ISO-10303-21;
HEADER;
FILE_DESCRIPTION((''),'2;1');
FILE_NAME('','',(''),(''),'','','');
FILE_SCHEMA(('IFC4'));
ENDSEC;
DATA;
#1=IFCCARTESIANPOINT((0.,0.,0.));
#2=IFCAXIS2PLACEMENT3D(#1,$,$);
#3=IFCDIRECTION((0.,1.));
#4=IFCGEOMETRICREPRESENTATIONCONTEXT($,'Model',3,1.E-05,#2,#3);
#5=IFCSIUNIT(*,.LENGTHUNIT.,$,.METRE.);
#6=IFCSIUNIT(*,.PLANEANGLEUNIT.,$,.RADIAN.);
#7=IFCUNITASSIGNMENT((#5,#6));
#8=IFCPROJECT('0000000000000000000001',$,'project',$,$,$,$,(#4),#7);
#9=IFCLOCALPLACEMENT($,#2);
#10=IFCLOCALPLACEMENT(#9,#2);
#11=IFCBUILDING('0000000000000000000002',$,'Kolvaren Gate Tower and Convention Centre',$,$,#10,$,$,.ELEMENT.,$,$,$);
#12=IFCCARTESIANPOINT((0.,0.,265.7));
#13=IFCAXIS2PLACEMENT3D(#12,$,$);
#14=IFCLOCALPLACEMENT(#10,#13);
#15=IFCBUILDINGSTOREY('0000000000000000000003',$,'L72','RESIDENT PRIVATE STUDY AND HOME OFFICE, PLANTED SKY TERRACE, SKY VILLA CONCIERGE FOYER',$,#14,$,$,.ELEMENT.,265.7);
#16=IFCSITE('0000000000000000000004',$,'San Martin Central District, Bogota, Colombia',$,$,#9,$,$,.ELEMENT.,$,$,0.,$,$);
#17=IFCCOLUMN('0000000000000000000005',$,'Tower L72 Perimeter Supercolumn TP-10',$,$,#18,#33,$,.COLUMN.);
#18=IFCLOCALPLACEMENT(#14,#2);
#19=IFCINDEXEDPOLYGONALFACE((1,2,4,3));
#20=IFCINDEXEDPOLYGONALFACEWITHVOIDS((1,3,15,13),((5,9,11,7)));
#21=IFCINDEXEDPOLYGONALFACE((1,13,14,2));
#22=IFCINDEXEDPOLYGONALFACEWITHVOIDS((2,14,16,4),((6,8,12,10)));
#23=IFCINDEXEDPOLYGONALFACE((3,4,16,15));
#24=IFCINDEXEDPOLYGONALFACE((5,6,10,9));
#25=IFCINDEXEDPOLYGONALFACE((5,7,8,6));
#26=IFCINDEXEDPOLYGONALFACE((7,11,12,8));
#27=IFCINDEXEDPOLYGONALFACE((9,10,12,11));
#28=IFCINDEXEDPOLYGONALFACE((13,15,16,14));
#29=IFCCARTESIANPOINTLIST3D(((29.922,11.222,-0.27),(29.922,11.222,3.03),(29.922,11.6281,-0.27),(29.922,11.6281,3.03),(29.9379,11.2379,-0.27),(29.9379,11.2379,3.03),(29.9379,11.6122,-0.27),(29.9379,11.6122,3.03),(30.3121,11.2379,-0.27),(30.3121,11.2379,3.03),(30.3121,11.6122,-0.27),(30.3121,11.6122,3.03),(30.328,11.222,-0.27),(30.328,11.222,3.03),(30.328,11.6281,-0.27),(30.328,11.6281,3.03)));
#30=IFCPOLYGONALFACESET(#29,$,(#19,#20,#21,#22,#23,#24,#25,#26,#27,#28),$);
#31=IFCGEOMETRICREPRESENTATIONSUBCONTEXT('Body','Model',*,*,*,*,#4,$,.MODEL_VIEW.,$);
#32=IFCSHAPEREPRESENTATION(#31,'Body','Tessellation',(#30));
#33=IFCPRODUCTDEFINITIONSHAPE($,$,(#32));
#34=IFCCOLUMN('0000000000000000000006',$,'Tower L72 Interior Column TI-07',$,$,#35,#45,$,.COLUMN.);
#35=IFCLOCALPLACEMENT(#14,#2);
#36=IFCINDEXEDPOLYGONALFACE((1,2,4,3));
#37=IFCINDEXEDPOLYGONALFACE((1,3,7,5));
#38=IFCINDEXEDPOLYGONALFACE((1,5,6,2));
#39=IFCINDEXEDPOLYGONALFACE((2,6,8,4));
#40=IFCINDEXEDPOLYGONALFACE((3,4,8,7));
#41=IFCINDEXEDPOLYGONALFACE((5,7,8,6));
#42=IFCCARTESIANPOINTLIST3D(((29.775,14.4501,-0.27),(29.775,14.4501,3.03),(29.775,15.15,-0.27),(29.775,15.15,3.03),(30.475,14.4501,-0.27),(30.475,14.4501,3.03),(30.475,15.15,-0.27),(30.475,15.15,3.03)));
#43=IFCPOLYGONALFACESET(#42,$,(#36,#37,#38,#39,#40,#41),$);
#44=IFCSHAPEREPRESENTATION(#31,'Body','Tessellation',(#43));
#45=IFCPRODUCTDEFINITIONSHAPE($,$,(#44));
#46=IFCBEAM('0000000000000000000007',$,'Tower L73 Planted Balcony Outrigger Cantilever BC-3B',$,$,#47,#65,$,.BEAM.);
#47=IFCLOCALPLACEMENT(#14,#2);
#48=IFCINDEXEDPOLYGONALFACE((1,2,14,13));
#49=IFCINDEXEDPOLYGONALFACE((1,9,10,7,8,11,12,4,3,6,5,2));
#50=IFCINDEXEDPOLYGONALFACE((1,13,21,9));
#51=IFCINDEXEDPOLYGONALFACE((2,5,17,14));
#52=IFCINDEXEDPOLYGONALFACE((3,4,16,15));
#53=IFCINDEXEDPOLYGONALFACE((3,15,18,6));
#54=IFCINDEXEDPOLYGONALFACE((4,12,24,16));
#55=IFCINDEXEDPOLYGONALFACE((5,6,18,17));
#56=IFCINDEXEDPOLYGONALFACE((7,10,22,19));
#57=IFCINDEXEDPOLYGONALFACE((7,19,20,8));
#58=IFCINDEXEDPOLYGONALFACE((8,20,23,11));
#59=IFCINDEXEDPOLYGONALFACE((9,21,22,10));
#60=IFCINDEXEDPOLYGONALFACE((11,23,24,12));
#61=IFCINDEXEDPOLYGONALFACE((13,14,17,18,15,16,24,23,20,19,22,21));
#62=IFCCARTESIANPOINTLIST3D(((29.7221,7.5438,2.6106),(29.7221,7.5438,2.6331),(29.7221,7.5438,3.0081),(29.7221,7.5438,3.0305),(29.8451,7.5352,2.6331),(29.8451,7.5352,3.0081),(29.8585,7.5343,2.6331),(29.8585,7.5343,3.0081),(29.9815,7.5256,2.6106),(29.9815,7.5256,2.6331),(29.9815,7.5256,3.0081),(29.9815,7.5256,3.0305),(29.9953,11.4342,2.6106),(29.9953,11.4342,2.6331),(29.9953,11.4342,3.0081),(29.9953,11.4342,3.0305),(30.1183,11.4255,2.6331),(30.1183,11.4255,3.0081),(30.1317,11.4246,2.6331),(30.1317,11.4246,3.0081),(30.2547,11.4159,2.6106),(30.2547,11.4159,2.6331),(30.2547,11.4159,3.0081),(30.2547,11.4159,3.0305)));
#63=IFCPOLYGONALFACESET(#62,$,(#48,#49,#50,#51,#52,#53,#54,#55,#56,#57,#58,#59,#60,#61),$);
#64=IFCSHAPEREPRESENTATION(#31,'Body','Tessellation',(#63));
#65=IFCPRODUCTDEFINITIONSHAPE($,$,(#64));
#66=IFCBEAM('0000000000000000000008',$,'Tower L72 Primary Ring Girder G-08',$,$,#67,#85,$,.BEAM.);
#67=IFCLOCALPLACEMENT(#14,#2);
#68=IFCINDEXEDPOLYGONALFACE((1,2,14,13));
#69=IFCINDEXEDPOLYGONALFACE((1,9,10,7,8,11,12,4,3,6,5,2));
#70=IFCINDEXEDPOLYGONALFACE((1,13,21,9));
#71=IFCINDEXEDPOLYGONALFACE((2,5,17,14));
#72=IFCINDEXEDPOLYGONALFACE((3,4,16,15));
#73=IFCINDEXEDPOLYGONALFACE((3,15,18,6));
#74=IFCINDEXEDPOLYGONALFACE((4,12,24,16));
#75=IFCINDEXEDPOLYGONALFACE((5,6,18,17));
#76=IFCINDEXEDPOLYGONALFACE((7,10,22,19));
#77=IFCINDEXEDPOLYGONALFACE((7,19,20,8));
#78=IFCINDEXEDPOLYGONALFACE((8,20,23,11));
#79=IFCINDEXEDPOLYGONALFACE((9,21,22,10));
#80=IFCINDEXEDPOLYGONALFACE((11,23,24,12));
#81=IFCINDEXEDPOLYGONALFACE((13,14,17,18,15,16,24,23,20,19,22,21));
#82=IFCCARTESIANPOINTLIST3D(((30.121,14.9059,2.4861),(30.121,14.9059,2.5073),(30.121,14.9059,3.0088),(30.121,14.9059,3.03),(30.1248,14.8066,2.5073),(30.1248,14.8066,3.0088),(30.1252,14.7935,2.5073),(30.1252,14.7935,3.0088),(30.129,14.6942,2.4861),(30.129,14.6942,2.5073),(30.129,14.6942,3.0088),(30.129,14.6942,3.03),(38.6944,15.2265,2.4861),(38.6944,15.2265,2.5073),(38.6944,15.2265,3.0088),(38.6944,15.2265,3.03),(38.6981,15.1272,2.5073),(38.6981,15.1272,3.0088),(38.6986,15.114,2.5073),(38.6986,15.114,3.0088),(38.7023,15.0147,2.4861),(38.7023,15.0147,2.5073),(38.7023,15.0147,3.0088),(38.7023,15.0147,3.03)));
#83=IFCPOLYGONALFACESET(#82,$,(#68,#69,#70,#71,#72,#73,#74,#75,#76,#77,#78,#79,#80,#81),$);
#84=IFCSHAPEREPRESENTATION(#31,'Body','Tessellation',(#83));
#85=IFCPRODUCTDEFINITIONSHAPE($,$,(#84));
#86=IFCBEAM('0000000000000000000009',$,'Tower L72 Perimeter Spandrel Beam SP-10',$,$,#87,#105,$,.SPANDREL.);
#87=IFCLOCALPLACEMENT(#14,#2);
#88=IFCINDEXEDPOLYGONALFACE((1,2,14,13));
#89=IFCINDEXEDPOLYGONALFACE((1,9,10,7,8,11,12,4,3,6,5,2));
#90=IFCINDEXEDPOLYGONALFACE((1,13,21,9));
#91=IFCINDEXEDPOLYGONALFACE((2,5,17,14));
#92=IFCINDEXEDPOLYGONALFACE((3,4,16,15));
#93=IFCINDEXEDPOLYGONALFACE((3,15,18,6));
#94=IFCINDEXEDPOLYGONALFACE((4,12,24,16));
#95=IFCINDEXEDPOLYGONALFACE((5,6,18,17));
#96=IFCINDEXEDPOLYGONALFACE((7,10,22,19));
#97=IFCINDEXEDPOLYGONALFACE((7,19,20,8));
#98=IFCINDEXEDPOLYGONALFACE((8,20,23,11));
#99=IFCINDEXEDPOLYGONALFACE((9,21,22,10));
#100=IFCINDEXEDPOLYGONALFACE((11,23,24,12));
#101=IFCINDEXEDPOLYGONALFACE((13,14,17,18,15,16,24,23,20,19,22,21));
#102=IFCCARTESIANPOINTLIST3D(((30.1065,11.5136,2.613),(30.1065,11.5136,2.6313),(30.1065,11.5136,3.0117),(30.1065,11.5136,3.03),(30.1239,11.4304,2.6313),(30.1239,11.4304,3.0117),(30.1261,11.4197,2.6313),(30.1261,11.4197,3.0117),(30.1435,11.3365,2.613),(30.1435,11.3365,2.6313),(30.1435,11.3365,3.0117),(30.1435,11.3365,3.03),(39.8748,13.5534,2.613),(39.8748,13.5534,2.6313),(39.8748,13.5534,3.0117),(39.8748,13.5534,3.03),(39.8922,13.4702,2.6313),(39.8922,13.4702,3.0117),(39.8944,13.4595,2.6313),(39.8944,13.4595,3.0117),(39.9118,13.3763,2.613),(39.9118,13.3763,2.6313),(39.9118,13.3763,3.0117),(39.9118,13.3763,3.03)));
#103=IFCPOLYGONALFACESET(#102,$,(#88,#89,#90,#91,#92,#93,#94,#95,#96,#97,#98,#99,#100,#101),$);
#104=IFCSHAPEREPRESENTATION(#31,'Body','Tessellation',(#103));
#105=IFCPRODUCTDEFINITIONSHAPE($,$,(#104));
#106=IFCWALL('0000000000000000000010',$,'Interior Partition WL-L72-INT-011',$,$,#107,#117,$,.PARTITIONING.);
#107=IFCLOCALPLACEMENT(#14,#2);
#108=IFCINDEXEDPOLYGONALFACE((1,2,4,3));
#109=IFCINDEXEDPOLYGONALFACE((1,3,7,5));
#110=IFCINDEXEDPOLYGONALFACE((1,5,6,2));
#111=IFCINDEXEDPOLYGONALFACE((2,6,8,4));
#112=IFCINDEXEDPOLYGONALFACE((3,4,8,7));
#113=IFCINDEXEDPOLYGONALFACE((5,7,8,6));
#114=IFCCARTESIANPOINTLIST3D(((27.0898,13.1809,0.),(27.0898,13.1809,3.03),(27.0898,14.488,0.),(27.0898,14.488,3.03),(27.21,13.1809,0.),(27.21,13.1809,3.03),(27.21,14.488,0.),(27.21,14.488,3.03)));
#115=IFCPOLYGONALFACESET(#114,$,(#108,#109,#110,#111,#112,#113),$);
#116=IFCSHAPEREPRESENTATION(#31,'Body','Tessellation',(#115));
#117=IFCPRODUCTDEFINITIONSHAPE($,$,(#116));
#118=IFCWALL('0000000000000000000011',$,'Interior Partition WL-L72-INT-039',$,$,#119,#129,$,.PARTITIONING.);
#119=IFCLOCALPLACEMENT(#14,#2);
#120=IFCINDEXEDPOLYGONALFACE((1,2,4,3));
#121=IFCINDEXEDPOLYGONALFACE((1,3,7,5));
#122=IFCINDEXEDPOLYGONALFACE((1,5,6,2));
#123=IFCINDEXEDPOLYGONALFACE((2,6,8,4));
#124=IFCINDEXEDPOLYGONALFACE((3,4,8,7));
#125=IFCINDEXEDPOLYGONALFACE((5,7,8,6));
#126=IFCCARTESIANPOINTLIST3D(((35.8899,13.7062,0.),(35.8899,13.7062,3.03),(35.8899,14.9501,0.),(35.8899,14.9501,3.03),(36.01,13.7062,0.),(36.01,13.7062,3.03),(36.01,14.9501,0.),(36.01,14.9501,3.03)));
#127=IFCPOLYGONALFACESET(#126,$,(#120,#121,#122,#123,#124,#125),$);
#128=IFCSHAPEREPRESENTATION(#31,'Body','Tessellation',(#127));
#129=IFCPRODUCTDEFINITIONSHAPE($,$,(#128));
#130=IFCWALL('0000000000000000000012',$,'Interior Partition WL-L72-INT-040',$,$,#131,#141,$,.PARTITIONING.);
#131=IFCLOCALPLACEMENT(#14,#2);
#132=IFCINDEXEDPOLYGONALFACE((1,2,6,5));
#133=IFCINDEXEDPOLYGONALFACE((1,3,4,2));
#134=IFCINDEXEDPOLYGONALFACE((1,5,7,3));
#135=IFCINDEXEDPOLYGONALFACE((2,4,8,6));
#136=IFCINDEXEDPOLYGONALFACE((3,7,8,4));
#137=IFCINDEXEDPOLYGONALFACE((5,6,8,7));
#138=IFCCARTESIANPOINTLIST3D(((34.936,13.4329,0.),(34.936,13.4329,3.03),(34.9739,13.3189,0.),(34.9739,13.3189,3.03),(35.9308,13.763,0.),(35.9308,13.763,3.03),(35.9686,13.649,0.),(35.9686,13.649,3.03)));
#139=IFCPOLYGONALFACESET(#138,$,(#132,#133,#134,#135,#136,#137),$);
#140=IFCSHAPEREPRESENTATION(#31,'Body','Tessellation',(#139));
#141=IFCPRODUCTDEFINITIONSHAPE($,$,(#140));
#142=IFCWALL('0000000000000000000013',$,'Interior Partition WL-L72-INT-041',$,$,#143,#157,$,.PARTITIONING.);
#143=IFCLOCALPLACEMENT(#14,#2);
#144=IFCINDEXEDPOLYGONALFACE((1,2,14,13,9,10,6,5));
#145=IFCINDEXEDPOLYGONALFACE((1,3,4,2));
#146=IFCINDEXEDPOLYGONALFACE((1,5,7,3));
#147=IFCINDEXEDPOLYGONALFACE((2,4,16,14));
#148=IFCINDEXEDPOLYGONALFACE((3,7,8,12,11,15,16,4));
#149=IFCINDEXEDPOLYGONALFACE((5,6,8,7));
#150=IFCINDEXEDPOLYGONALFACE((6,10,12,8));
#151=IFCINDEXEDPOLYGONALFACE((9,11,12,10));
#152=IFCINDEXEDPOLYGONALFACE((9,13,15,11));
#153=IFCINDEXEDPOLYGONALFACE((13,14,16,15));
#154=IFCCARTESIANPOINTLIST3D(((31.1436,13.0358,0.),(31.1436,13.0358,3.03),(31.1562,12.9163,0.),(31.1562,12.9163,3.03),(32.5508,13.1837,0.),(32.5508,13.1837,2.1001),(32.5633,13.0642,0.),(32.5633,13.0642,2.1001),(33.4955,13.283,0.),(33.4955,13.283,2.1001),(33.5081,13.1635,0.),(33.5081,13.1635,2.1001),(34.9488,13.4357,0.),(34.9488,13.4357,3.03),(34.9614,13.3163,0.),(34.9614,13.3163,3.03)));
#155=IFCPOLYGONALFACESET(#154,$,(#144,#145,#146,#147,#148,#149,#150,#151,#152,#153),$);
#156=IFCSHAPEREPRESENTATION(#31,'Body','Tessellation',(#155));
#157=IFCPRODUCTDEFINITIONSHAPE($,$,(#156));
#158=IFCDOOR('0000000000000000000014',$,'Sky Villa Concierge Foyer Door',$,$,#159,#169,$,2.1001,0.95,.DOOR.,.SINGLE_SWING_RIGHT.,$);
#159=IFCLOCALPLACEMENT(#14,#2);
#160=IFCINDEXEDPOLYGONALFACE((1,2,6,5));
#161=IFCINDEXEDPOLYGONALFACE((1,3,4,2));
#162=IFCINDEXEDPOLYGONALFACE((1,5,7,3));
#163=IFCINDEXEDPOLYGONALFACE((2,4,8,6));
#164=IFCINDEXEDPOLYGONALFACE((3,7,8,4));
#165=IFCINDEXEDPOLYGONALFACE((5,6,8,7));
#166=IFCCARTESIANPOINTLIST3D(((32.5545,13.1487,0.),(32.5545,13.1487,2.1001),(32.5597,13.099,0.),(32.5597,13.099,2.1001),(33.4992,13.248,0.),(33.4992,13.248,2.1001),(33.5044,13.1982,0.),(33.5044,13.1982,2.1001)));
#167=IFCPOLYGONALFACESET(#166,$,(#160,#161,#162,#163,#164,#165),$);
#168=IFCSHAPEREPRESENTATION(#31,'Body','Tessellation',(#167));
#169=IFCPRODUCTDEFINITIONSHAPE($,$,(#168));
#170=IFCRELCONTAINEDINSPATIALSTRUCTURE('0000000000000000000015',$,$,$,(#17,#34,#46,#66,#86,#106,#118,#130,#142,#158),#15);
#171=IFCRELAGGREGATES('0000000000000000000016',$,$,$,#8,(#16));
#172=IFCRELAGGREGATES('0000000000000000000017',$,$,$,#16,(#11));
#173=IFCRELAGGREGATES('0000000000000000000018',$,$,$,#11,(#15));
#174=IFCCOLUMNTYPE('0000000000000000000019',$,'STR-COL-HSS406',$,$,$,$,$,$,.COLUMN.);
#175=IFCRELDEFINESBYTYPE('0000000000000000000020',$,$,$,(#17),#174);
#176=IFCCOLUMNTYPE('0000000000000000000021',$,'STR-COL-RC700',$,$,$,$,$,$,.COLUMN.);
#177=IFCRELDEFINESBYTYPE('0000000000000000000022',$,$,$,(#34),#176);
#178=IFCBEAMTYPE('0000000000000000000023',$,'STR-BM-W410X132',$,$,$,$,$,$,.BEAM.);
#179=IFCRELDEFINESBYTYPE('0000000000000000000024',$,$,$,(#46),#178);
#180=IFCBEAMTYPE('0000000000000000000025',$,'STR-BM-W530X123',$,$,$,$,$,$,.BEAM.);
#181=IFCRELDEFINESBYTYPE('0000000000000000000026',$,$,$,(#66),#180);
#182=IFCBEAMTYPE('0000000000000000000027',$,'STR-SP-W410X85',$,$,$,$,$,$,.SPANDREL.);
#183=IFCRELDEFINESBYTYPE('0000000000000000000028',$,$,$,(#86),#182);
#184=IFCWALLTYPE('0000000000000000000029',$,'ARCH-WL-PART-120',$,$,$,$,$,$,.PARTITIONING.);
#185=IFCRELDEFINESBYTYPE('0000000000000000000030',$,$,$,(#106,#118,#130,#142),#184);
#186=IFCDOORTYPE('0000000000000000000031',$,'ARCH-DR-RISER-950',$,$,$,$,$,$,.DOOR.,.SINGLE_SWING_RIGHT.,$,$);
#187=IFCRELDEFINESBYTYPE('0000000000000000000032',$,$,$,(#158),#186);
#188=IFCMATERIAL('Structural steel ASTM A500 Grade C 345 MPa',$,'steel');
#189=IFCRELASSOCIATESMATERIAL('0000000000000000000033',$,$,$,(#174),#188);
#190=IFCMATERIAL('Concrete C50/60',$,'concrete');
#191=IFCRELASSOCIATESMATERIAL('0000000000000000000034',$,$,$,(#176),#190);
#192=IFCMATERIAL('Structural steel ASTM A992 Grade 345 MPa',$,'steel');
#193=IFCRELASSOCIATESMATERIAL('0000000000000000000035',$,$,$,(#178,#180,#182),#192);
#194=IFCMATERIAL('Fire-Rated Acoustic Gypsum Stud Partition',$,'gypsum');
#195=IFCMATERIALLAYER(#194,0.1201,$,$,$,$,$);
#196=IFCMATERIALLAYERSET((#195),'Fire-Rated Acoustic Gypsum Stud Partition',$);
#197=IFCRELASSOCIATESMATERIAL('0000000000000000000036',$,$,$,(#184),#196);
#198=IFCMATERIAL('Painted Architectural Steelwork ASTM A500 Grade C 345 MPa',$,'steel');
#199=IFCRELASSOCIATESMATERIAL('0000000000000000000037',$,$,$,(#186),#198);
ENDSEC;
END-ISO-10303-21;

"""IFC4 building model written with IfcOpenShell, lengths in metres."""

from ifc_helpers import new_model, si_unit, direction, frame, frame_2d, origin, origin_2d, place, context, subcontext, project, spatial, rectangle, hollow_rectangle, i_section, extrude, material, layer, layer_set, material_profile, profile_set, type_object, element, fill, save


model = new_model("IFC4")

# Units and contexts
model_context = context("Model", 3, precision=1e-05, world=origin(), true_north=direction((0.0, 1.0)))
body_context = subcontext(model_context, "Body", "Model", "MODEL_VIEW")
ifc_project = project(units=[si_unit("LENGTHUNIT", "METRE"), si_unit("PLANEANGLEUNIT", "RADIAN")], contexts=[model_context])

# Site, building, storey
site_placement = place(None, origin())
site = spatial("IfcSite", under=ifc_project, at=site_placement, Name="San Martin Central District, Bogota, Colombia", CompositionType="ELEMENT", RefElevation=0.0)
building_placement = place(site_placement, origin())
building = spatial("IfcBuilding", under=site, at=building_placement, Name="Kolvaren Gate Tower and Convention Centre", CompositionType="ELEMENT")
storey_placement = place(building_placement, frame((0.0, 0.0, 265.7)))
storey = spatial("IfcBuildingStorey", under=building, at=storey_placement, Name="L72", Description="RESIDENT PRIVATE STUDY AND HOME OFFICE, PLANTED SKY TERRACE, SKY VILLA CONCIERGE FOYER", CompositionType="ELEMENT", Elevation=265.7)

# Columns
ifc_material_1 = material(Name="Structural steel ASTM A500 Grade C 345 MPa", Category="steel")
ifc_material_profile_1 = material_profile(ifc_material_1, hollow_rectangle(XDim=0.406, YDim=0.406, WallThickness=0.0159, at=origin_2d()), Name="HSS406X406X15.9")
ifc_profile_set_1 = profile_set([ifc_material_profile_1], Name="Structural steel ASTM A500 Grade C 345 MPa")
column_type_1 = type_object("IfcColumnType", Name="STR-COL-HSS406", PredefinedType="COLUMN", material=ifc_profile_set_1)
column_1_placement = place(storey_placement, frame((30.125, 11.425, -0.27), z_axis=(0.0, 0.0, 1.0), x_axis=(1.0, 0.0, 0.0)))
element("IfcColumn", 1, at=column_1_placement, inside=storey, type_object=column_type_1, Name="Tower L72 Perimeter Supercolumn TP-10", PredefinedType="COLUMN", context=body_context, shape_type="SweptSolid", body=[
    extrude(hollow_rectangle(XDim=0.406, YDim=0.406, WallThickness=0.0159, at=origin_2d()), origin(), (0.0, 0.0, 1.0), 3.3),
])
ifc_material_2 = material(Name="Concrete C50/60", Category="concrete")
ifc_material_profile_2 = material_profile(ifc_material_2, rectangle(XDim=0.7, YDim=0.7, at=origin_2d()), Name="RC-COL-700X700")
ifc_profile_set_2 = profile_set([ifc_material_profile_2], Name="Concrete C50/60")
column_type_2 = type_object("IfcColumnType", Name="STR-COL-RC700", PredefinedType="COLUMN", material=ifc_profile_set_2)
column_2_placement = place(storey_placement, frame((30.125, 14.8, -0.27), z_axis=(0.0, 0.0, 1.0), x_axis=(1.0, 0.0, 0.0)))
element("IfcColumn", 2, at=column_2_placement, inside=storey, type_object=column_type_2, Name="Tower L72 Interior Column TI-07", PredefinedType="COLUMN", context=body_context, shape_type="SweptSolid", body=[
    extrude(rectangle(XDim=0.7, YDim=0.7, at=origin_2d()), origin(), (0.0, 0.0, 1.0), 3.3),
])

# Beams
ifc_material_3 = material(Name="Structural steel ASTM A992 Grade 345 MPa", Category="steel")
ifc_material_profile_3 = material_profile(ifc_material_3, i_section(OverallWidth=0.26, OverallDepth=0.4199, WebThickness=0.0134, FlangeThickness=0.0225, at=origin_2d()), Name="W410X132")
ifc_profile_set_3 = profile_set([ifc_material_profile_3], Name="Structural steel ASTM A992 Grade 345 MPa")
beam_type_1 = type_object("IfcBeamType", Name="STR-BM-W410X132", PredefinedType="BEAM", material=ifc_profile_set_3)
beam_1_placement = place(storey_placement, frame((30.125, 11.425, 2.8206), z_axis=(-0.07005, -0.997543, 0.0), x_axis=(0.997543, -0.07005, 0.0)))
element("IfcBeam", 3, at=beam_1_placement, inside=storey, type_object=beam_type_1, Name="Tower L73 Planted Balcony Outrigger Cantilever BC-3B", PredefinedType="BEAM", context=body_context, shape_type="SweptSolid", body=[
    extrude(i_section(OverallWidth=0.26, OverallDepth=0.4199, WebThickness=0.0134, FlangeThickness=0.0225, at=origin_2d()), origin(), (0.0, 0.0, 1.0), 3.8999),
])
ifc_material_profile_4 = material_profile(ifc_material_3, i_section(OverallWidth=0.2119, OverallDepth=0.5439, WebThickness=0.0132, FlangeThickness=0.0212, at=origin_2d()), Name="W530X123")
ifc_profile_set_4 = profile_set([ifc_material_profile_4], Name="Structural steel ASTM A992 Grade 345 MPa")
beam_type_2 = type_object("IfcBeamType", Name="STR-BM-W530X123", PredefinedType="BEAM", material=ifc_profile_set_4)
beam_2_placement = place(storey_placement, frame((30.125, 14.8, 2.7581), z_axis=(0.999302, 0.037364, 0.0), x_axis=(-0.037364, 0.999302, 0.0)))
element("IfcBeam", 4, at=beam_2_placement, inside=storey, type_object=beam_type_2, Name="Tower L72 Primary Ring Girder G-08", PredefinedType="BEAM", context=body_context, shape_type="SweptSolid", body=[
    extrude(i_section(OverallWidth=0.2119, OverallDepth=0.5439, WebThickness=0.0132, FlangeThickness=0.0212, at=origin_2d()), origin(), (0.0, 0.0, 1.0), 8.5793),
])
ifc_material_profile_5 = material_profile(ifc_material_3, i_section(OverallWidth=0.1809, OverallDepth=0.417, WebThickness=0.011, FlangeThickness=0.0183, at=origin_2d()), Name="W410X85")
ifc_profile_set_5 = profile_set([ifc_material_profile_5], Name="Structural steel ASTM A992 Grade 345 MPa")
beam_type_3 = type_object("IfcBeamType", Name="STR-SP-W410X85", PredefinedType="SPANDREL", material=ifc_profile_set_5)
beam_3_placement = place(storey_placement, frame((30.125, 11.425, 2.8215), z_axis=(0.978886, 0.204409, 0.0), x_axis=(-0.204409, 0.978886, 0.0)))
element("IfcBeam", 5, at=beam_3_placement, inside=storey, type_object=beam_type_3, Name="Tower L72 Perimeter Spandrel Beam SP-10", PredefinedType="SPANDREL", context=body_context, shape_type="SweptSolid", body=[
    extrude(i_section(OverallWidth=0.1809, OverallDepth=0.417, WebThickness=0.011, FlangeThickness=0.0183, at=origin_2d()), origin(), (0.0, 0.0, 1.0), 9.979),
])

# Walls
ifc_material_4 = material(Name="Fire-Rated Acoustic Gypsum Stud Partition", Category="gypsum")
ifc_layer_1 = layer(ifc_material_4, 0.1201)
ifc_layer_set_1 = layer_set([ifc_layer_1], Name="Fire-Rated Acoustic Gypsum Stud Partition")
wall_type_1 = type_object("IfcWallType", Name="ARCH-WL-PART-120", PredefinedType="PARTITIONING", material=ifc_layer_set_1)
wall_1_placement = place(storey_placement, frame((27.1499, 13.1809, 0.0), z_axis=(0.0, 0.0, 1.0), x_axis=(0.0, 1.0, 0.0)))
element("IfcWall", 6, at=wall_1_placement, inside=storey, type_object=wall_type_1, Name="Interior Partition WL-L72-INT-011", PredefinedType="PARTITIONING", context=body_context, shape_type="SweptSolid", body=[
    extrude(rectangle(XDim=1.3071, YDim=0.1201, at=frame_2d((0.6536, 0.0))), origin(), (0.0, 0.0, 1.0), 3.03),
])
wall_2_placement = place(storey_placement, frame((35.95, 13.7061, 0.0), z_axis=(0.0, 0.0, 1.0), x_axis=(0.0, 1.0, 0.0)))
element("IfcWall", 7, at=wall_2_placement, inside=storey, type_object=wall_type_1, Name="Interior Partition WL-L72-INT-039", PredefinedType="PARTITIONING", context=body_context, shape_type="SweptSolid", body=[
    extrude(rectangle(XDim=1.2439, YDim=0.1201, at=frame_2d((0.6221, 0.0))), origin(), (0.0, 0.0, 1.0), 3.03),
])
wall_3_placement = place(storey_placement, frame((34.9551, 13.376, 0.0), z_axis=(0.0, 0.0, 1.0), x_axis=(0.949125, 0.3149, 0.0)))
element("IfcWall", 8, at=wall_3_placement, inside=storey, type_object=wall_type_1, Name="Interior Partition WL-L72-INT-040", PredefinedType="PARTITIONING", context=body_context, shape_type="SweptSolid", body=[
    extrude(rectangle(XDim=1.0481, YDim=0.1201, at=frame_2d((0.5239, 0.0))), origin(), (0.0, 0.0, 1.0), 3.03),
])

# Wall, opening, door
wall_4_placement = place(storey_placement, frame((31.1499, 12.9761, 0.0), z_axis=(0.0, 0.0, 1.0), x_axis=(0.994523, 0.104519, 0.0)))
wall_4 = element("IfcWall", 9, at=wall_4_placement, inside=storey, type_object=wall_type_1, Name="Interior Partition WL-L72-INT-041", PredefinedType="PARTITIONING", context=body_context, shape_type="SweptSolid", body=[
    extrude(rectangle(XDim=3.8262, YDim=0.1201, at=frame_2d((1.9131, 0.0))), origin(), (0.0, 0.0, 1.0), 3.03),
])
opening_1_placement = place(wall_4_placement, frame((1.4148, 0.0, 0.0)))
opening_1 = element("IfcOpeningElement", 10, at=opening_1_placement, cuts=wall_4, PredefinedType="OPENING", context=body_context, shape_type="SweptSolid", body=[
    extrude(rectangle(XDim=0.95, YDim=2.1001, at=frame_2d((0.4751, 1.05))), frame((0.0, 0.0701, 0.0), z_axis=(0.0, -1.0, 0.0), x_axis=(1.0, 0.0, 0.0)), (0.0, 0.0, 1.0), 0.1401),
])
ifc_material_5 = material(Name="Painted Architectural Steelwork ASTM A500 Grade C 345 MPa", Category="steel")
door_type_1 = type_object("IfcDoorType", Name="ARCH-DR-RISER-950", OperationType="SINGLE_SWING_RIGHT", PredefinedType="DOOR", material=ifc_material_5)
door_1_placement = place(opening_1_placement, origin())
door_1 = element("IfcDoor", 11, at=door_1_placement, inside=storey, type_object=door_type_1, Name="Sky Villa Concierge Foyer Door", OperationType="SINGLE_SWING_RIGHT", OverallHeight=2.1001, OverallWidth=0.95, PredefinedType="DOOR", context=body_context, shape_type="SweptSolid", body=[
    extrude(rectangle(XDim=0.95, YDim=2.1001, at=frame_2d((0.4751, 1.05))), frame((0.0, 0.0249, 0.0), z_axis=(0.0, -1.0, 0.0), x_axis=(1.0, 0.0, 0.0)), (0.0, 0.0, 1.0), 0.05),
])
fill(opening_1, door_1)

save(model, "model.ifc")
